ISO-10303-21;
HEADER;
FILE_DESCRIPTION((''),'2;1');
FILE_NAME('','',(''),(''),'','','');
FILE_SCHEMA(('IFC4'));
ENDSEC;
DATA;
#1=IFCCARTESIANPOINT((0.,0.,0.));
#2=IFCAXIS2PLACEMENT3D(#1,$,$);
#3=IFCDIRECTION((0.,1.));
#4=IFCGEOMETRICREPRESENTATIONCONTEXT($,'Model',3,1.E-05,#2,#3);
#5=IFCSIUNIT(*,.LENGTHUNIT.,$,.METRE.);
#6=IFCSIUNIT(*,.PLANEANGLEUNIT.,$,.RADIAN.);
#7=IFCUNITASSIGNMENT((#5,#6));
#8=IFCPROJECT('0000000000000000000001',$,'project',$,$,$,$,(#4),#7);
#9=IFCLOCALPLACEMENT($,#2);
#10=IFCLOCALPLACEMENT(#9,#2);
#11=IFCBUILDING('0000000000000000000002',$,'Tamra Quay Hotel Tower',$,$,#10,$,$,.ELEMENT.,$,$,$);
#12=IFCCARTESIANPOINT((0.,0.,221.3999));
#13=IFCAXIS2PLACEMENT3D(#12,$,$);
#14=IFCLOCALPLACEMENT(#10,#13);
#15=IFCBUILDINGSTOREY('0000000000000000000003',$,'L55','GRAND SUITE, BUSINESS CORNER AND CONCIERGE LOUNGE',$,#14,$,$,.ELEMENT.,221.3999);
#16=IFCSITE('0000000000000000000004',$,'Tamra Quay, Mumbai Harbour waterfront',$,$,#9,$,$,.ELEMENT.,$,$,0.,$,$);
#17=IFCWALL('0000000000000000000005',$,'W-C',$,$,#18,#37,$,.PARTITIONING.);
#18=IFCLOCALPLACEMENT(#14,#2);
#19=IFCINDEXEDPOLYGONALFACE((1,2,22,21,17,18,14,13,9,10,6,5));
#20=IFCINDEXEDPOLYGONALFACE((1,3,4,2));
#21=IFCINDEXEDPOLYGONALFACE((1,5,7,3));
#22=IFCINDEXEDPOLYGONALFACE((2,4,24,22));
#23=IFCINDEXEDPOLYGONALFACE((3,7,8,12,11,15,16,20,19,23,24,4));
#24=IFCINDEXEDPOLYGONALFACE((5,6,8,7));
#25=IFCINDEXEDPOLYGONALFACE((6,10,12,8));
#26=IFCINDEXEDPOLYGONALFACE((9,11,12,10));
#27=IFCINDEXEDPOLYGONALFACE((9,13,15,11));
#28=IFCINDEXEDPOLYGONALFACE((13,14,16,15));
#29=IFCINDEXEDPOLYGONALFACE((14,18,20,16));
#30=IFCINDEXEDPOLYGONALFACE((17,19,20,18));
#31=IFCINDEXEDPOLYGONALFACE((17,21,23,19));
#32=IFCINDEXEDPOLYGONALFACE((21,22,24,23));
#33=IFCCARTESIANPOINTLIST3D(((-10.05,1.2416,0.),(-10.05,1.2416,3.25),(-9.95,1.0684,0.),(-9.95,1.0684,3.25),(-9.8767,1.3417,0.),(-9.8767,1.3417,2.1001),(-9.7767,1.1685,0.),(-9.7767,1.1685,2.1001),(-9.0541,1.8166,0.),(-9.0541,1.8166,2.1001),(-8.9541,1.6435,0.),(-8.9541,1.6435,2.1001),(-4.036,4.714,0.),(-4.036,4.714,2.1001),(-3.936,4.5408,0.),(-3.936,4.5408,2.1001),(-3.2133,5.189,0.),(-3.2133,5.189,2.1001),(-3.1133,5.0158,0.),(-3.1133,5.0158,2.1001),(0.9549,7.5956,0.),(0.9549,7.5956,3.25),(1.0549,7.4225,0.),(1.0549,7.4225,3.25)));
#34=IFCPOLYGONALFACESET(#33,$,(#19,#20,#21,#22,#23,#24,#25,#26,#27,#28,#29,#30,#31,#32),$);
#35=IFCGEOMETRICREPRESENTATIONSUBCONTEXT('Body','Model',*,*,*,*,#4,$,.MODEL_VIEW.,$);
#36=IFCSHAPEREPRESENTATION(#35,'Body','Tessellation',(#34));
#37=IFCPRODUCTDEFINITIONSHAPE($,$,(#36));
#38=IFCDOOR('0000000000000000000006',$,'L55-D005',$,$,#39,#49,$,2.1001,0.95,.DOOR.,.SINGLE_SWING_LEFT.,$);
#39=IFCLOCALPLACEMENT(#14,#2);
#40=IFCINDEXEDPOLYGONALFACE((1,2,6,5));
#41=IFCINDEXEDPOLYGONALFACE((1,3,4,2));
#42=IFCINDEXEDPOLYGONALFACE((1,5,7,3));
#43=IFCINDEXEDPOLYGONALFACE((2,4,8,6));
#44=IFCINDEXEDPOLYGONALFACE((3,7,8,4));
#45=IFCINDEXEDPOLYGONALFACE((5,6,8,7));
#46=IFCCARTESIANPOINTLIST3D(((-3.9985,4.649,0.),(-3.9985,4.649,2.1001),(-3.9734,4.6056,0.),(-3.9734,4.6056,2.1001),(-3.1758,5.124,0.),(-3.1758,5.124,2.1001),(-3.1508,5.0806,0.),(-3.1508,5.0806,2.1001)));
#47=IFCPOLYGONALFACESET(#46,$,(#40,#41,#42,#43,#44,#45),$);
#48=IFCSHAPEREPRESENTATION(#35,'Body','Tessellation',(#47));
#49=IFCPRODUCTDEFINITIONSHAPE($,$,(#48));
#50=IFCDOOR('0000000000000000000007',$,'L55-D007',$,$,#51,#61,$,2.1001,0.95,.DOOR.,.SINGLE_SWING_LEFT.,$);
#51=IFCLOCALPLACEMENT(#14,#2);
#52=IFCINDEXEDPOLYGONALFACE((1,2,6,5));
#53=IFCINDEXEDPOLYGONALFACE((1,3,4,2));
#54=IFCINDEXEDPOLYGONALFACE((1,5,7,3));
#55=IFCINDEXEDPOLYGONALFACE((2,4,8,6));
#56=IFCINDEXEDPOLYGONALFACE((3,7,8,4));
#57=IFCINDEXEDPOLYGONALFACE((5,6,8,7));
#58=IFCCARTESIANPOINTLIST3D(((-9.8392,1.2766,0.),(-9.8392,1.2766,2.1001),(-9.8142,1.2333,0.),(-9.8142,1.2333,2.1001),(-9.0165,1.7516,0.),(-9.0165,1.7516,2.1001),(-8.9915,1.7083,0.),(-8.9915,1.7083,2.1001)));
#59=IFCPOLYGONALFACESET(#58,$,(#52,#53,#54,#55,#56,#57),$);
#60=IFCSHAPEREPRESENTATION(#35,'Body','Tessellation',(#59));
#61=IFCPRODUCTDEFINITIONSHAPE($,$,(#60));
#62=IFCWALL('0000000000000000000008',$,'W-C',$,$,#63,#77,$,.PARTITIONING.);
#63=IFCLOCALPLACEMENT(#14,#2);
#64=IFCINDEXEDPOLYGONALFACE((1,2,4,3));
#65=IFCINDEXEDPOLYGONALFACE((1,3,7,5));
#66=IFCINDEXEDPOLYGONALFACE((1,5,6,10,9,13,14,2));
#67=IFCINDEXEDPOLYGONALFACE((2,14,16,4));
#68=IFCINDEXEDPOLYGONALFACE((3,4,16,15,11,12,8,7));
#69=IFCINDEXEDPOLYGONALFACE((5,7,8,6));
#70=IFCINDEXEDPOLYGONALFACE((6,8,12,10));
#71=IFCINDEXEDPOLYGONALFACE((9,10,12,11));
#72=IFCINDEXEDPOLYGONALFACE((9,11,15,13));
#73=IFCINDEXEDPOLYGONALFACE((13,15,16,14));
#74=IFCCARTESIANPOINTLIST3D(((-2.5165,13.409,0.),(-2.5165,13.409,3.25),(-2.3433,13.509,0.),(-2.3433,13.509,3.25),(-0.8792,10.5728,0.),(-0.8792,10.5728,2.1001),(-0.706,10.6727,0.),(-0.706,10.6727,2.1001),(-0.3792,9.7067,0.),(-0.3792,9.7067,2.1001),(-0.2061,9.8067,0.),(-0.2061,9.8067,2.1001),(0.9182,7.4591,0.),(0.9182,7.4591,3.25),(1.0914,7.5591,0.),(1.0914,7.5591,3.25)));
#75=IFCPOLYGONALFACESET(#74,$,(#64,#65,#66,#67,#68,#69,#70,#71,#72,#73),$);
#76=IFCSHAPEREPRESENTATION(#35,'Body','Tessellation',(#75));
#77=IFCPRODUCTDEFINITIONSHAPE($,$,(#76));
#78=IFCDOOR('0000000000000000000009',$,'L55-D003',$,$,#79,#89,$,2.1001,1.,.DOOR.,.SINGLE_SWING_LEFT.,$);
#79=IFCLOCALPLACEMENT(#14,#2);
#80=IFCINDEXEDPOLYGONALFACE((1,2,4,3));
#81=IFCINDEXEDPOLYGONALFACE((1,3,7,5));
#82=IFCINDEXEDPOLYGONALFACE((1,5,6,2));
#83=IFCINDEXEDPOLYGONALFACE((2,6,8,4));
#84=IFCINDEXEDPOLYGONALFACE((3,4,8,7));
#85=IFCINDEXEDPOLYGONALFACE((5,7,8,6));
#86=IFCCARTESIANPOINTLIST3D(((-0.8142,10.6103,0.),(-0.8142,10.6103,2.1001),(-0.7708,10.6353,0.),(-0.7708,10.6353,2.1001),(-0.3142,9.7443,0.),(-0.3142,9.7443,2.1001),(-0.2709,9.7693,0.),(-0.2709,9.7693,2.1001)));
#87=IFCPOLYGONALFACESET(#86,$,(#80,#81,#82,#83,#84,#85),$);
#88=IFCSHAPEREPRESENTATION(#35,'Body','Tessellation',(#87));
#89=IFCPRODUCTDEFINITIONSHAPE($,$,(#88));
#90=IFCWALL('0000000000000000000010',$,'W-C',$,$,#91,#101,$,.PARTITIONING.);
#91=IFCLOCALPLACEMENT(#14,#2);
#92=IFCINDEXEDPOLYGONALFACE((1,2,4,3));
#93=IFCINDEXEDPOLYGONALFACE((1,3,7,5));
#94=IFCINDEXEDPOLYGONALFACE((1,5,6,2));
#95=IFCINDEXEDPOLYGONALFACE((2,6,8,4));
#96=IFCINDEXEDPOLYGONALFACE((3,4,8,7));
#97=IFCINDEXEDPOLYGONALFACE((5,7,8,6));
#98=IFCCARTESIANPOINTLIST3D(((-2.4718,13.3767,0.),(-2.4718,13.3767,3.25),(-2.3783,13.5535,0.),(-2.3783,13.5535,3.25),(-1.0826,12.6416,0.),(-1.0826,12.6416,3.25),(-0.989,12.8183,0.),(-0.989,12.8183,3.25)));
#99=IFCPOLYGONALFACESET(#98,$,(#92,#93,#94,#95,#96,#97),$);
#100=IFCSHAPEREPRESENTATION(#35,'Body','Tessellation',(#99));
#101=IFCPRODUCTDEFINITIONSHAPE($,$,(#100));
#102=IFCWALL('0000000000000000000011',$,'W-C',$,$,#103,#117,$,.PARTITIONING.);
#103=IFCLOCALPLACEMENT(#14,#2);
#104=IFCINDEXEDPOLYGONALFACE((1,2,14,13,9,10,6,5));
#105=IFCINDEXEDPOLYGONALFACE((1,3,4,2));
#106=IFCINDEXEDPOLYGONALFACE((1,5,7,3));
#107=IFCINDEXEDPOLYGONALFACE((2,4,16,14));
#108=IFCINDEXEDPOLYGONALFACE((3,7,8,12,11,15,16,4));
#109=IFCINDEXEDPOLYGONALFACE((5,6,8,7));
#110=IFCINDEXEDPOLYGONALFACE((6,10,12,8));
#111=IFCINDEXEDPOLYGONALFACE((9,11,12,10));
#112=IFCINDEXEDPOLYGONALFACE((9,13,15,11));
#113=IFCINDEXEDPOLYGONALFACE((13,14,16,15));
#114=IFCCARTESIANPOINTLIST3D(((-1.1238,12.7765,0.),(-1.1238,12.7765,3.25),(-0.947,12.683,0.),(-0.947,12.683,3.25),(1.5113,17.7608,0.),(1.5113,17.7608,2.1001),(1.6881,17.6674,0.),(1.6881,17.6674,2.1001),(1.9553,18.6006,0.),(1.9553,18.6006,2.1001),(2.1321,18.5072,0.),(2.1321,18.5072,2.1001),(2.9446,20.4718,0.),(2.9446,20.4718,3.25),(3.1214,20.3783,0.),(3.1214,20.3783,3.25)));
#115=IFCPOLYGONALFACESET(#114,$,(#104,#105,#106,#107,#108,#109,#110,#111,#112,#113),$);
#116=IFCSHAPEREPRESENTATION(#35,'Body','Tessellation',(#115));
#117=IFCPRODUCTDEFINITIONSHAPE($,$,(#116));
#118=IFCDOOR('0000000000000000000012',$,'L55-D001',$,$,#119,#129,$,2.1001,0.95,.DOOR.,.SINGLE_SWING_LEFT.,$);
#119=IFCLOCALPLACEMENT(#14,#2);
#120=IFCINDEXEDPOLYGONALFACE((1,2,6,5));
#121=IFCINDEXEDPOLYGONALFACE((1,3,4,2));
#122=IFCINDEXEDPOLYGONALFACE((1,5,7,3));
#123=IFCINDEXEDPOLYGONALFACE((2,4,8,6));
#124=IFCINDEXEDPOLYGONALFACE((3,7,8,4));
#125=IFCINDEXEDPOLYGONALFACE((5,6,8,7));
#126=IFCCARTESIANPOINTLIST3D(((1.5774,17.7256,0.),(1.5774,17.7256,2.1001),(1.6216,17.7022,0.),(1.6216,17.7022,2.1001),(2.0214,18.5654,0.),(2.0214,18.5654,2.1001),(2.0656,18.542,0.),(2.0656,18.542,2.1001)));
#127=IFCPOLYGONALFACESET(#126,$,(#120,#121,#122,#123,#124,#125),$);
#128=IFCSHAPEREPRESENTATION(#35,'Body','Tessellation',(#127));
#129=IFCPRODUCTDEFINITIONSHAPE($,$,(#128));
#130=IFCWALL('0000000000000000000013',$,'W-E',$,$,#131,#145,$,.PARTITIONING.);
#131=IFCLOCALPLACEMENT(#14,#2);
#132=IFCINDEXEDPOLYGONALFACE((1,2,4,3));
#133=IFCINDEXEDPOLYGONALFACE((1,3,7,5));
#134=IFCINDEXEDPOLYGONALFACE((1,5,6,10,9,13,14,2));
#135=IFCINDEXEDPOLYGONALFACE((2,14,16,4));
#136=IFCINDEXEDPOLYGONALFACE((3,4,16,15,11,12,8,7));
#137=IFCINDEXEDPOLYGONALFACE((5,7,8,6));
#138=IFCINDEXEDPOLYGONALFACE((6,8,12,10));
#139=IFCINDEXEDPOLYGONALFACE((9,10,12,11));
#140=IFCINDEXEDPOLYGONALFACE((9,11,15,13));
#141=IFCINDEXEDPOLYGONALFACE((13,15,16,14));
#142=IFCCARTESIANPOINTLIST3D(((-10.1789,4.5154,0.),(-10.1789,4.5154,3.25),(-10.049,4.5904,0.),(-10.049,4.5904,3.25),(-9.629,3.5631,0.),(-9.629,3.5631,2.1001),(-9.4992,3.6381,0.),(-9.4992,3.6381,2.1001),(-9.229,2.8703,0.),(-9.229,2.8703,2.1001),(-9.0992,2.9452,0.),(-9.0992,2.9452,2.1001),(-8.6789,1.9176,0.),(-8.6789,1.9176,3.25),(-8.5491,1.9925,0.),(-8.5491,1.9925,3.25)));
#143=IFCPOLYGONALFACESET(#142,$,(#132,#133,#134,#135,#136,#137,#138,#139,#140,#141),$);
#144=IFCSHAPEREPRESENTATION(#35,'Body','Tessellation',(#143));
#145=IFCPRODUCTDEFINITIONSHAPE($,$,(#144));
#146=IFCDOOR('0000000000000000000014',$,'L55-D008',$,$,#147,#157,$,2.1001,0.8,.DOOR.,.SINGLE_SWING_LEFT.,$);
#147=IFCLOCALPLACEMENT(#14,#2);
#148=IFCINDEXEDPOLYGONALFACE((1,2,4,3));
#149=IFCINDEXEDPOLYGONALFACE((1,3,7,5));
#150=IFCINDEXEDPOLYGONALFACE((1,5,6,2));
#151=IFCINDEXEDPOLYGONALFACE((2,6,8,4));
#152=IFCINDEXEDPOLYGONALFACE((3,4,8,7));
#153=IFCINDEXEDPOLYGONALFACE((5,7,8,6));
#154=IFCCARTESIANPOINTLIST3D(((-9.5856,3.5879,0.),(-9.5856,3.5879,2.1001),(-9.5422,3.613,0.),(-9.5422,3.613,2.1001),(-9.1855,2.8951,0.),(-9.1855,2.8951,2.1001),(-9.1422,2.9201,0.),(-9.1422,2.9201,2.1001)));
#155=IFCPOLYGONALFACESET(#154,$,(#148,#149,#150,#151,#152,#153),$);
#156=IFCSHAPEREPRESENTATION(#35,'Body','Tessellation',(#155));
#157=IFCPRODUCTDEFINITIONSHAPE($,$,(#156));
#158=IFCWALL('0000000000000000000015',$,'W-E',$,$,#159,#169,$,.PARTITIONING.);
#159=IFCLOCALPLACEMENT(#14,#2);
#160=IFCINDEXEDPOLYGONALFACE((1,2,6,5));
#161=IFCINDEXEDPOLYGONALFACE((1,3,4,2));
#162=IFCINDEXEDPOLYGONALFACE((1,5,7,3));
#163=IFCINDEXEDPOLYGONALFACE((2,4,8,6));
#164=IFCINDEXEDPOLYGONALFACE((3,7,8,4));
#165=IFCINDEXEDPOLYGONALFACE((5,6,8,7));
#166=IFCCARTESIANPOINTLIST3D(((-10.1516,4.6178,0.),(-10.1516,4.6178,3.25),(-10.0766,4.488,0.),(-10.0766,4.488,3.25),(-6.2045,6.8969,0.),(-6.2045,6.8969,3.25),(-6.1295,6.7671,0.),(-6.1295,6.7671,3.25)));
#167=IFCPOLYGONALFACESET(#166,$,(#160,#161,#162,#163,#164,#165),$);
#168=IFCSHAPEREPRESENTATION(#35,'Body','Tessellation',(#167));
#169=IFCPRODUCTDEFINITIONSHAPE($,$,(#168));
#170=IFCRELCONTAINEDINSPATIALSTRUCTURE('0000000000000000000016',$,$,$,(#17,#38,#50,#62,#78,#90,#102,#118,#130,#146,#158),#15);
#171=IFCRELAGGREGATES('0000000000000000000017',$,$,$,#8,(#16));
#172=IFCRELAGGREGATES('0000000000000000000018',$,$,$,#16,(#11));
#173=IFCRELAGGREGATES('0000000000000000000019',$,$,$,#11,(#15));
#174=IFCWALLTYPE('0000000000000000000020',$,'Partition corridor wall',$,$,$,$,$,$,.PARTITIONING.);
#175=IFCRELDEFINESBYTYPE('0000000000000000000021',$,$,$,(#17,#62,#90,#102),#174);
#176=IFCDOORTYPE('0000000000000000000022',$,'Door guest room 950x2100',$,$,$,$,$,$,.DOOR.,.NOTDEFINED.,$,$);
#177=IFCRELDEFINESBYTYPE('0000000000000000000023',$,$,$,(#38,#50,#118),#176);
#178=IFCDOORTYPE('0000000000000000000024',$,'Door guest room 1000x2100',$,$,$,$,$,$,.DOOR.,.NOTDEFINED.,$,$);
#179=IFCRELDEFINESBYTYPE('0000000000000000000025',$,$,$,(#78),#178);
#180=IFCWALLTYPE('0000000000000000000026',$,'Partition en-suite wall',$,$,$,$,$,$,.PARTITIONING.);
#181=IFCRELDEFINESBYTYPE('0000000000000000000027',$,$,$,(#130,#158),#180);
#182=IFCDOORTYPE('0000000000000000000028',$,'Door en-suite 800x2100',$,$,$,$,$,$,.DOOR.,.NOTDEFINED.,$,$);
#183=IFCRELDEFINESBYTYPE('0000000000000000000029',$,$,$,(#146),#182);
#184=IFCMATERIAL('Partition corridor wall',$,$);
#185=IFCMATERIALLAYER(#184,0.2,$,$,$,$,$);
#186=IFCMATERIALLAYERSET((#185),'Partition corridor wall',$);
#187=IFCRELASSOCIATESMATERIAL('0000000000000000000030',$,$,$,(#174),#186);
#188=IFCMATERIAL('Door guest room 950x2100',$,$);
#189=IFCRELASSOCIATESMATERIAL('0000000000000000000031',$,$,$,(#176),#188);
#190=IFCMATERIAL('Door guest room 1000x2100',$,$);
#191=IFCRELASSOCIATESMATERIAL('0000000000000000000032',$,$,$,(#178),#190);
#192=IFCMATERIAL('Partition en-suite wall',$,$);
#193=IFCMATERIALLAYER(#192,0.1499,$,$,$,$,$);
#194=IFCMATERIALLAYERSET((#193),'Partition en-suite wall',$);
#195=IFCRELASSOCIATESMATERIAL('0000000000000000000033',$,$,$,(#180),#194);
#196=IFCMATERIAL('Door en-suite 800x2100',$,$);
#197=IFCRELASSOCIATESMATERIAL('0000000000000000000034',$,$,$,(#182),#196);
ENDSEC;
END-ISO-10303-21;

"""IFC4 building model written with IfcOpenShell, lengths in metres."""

from ifc_helpers import new_model, si_unit, direction, frame, frame_2d, origin, place, context, subcontext, project, spatial, rectangle, extrude, material, layer, layer_set, type_object, element, fill, save


model = new_model("IFC4")

# Units and contexts
model_context = context("Model", 3, precision=1e-05, world=origin(), true_north=direction((0.0, 1.0)))
body_context = subcontext(model_context, "Body", "Model", "MODEL_VIEW")
ifc_project = project(units=[si_unit("LENGTHUNIT", "METRE"), si_unit("PLANEANGLEUNIT", "RADIAN")], contexts=[model_context])

# Site, building, storey
site_placement = place(None, origin())
site = spatial("IfcSite", under=ifc_project, at=site_placement, Name="Tamra Quay, Mumbai Harbour waterfront", CompositionType="ELEMENT", RefElevation=0.0)
building_placement = place(site_placement, origin())
building = spatial("IfcBuilding", under=site, at=building_placement, Name="Tamra Quay Hotel Tower", CompositionType="ELEMENT")
storey_placement = place(building_placement, frame((0.0, 0.0, 221.3999)))
storey = spatial("IfcBuildingStorey", under=building, at=storey_placement, Name="L55", Description="GRAND SUITE, BUSINESS CORNER AND CONCIERGE LOUNGE", CompositionType="ELEMENT", Elevation=221.3999)

# Shared definitions
ifc_material_1 = material(Name="Partition corridor wall")
ifc_layer_1 = layer(ifc_material_1, 0.2)
ifc_layer_set_1 = layer_set([ifc_layer_1], Name="Partition corridor wall")
wall_type_1 = type_object("IfcWallType", Name="Partition corridor wall", PredefinedType="PARTITIONING", material=ifc_layer_set_1)

# Wall, openings, doors
wall_1_placement = place(storey_placement, frame((-10.0, 1.155, 0.0), z_axis=(0.0, 0.0, 1.0), x_axis=(0.866014, 0.50002, 0.0)))
wall_1 = element("IfcWall", 1, at=wall_1_placement, inside=storey, type_object=wall_type_1, Name="W-C", PredefinedType="PARTITIONING", context=body_context, shape_type="SweptSolid", body=[
    extrude(rectangle(XDim=12.7075, YDim=0.2, at=frame_2d((6.3538, 0.0))), origin(), (0.0, 0.0, 1.0), 3.25),
])
opening_1_placement = place(wall_1_placement, frame((6.9443, 0.0, 0.0)))
opening_1 = element("IfcOpeningElement", 2, at=opening_1_placement, cuts=wall_1, PredefinedType="OPENING", context=body_context, shape_type="SweptSolid", body=[
    extrude(rectangle(XDim=0.95, YDim=2.1001, at=frame_2d((0.4751, 1.05))), frame((0.0, 0.1099, 0.0), z_axis=(0.0, -1.0, 0.0), x_axis=(1.0, 0.0, 0.0)), (0.0, 0.0, 1.0), 0.22),
])
opening_2_placement = place(wall_1_placement, frame((0.2, 0.0, 0.0)))
opening_2 = element("IfcOpeningElement", 3, at=opening_2_placement, cuts=wall_1, PredefinedType="OPENING", context=body_context, shape_type="SweptSolid", body=[
    extrude(rectangle(XDim=0.95, YDim=2.1001, at=frame_2d((0.4751, 1.05))), frame((0.0, 0.1099, 0.0), z_axis=(0.0, -1.0, 0.0), x_axis=(1.0, 0.0, 0.0)), (0.0, 0.0, 1.0), 0.22),
])
ifc_material_2 = material(Name="Door guest room 950x2100")
door_type_1 = type_object("IfcDoorType", Name="Door guest room 950x2100", OperationType="NOTDEFINED", PredefinedType="DOOR", material=ifc_material_2)
door_1_placement = place(opening_1_placement, origin())
door_1 = element("IfcDoor", 4, at=door_1_placement, inside=storey, type_object=door_type_1, Name="L55-D005", OperationType="SINGLE_SWING_LEFT", OverallHeight=2.1001, OverallWidth=0.95, PredefinedType="DOOR", context=body_context, shape_type="SweptSolid", body=[
    extrude(rectangle(XDim=0.95, YDim=2.1001, at=frame_2d((0.4751, 1.05))), frame((0.0, 0.0249, 0.0), z_axis=(0.0, -1.0, 0.0), x_axis=(1.0, 0.0, 0.0)), (0.0, 0.0, 1.0), 0.05),
])
fill(opening_1, door_1)
door_2_placement = place(opening_2_placement, origin())
door_2 = element("IfcDoor", 5, at=door_2_placement, inside=storey, type_object=door_type_1, Name="L55-D007", OperationType="SINGLE_SWING_LEFT", OverallHeight=2.1001, OverallWidth=0.95, PredefinedType="DOOR", context=body_context, shape_type="SweptSolid", body=[
    extrude(rectangle(XDim=0.95, YDim=2.1001, at=frame_2d((0.4751, 1.05))), frame((0.0, 0.0249, 0.0), z_axis=(0.0, -1.0, 0.0), x_axis=(1.0, 0.0, 0.0)), (0.0, 0.0, 1.0), 0.05),
])
fill(opening_2, door_2)

# Wall, opening, door
wall_2_placement = place(storey_placement, frame((-2.4299, 13.459, 0.0), z_axis=(0.0, 0.0, 1.0), x_axis=(0.499957, -0.86605, 0.0)))
wall_2 = element("IfcWall", 6, at=wall_2_placement, inside=storey, type_object=wall_type_1, Name="W-C", PredefinedType="PARTITIONING", context=body_context, shape_type="SweptSolid", body=[
    extrude(rectangle(XDim=6.8701, YDim=0.2, at=frame_2d((3.4351, 0.0))), origin(), (0.0, 0.0, 1.0), 3.25),
])
opening_3_placement = place(wall_2_placement, frame((3.2749, 0.0, 0.0)))
opening_3 = element("IfcOpeningElement", 7, at=opening_3_placement, cuts=wall_2, PredefinedType="OPENING", context=body_context, shape_type="SweptSolid", body=[
    extrude(rectangle(XDim=1.0, YDim=2.1001, at=frame_2d((0.5, 1.05))), frame((0.0, 0.1099, 0.0), z_axis=(0.0, -1.0, 0.0), x_axis=(1.0, 0.0, 0.0)), (0.0, 0.0, 1.0), 0.22),
])
ifc_material_3 = material(Name="Door guest room 1000x2100")
door_type_2 = type_object("IfcDoorType", Name="Door guest room 1000x2100", OperationType="NOTDEFINED", PredefinedType="DOOR", material=ifc_material_3)
door_3_placement = place(opening_3_placement, frame((1.0, 0.0, 0.0), z_axis=(0.0, 0.0, 1.0), x_axis=(-1.0, 0.0, 0.0)))
door_3 = element("IfcDoor", 8, at=door_3_placement, inside=storey, type_object=door_type_2, Name="L55-D003", OperationType="SINGLE_SWING_LEFT", OverallHeight=2.1001, OverallWidth=1.0, PredefinedType="DOOR", context=body_context, shape_type="SweptSolid", body=[
    extrude(rectangle(XDim=1.0, YDim=2.1001, at=frame_2d((0.5, 1.05))), frame((0.0, 0.0249, 0.0), z_axis=(0.0, -1.0, 0.0), x_axis=(1.0, 0.0, 0.0)), (0.0, 0.0, 1.0), 0.05),
])
fill(opening_3, door_3)

# Wall
wall_3_placement = place(storey_placement, frame((-2.425, 13.4651, 0.0), z_axis=(0.0, 0.0, 1.0), x_axis=(0.883875, -0.467724, 0.0)))
element("IfcWall", 9, at=wall_3_placement, inside=storey, type_object=wall_type_1, Name="W-C", PredefinedType="PARTITIONING", context=body_context, shape_type="SweptSolid", body=[
    extrude(rectangle(XDim=1.5718, YDim=0.2, at=frame_2d((0.7859, 0.0))), origin(), (0.0, 0.0, 1.0), 3.25),
])

# Walls, openings, doors
wall_4_placement = place(storey_placement, frame((-1.0354, 12.7297, 0.0), z_axis=(0.0, 0.0, 1.0), x_axis=(0.467382, 0.884055, 0.0)))
wall_4 = element("IfcWall", 10, at=wall_4_placement, inside=storey, type_object=wall_type_1, Name="W-C", PredefinedType="PARTITIONING", context=body_context, shape_type="SweptSolid", body=[
    extrude(rectangle(XDim=8.7046, YDim=0.2, at=frame_2d((4.3523, 0.0))), origin(), (0.0, 0.0, 1.0), 3.25),
])
opening_4_placement = place(wall_4_placement, frame((5.6379, 0.0, 0.0)))
opening_4 = element("IfcOpeningElement", 11, at=opening_4_placement, cuts=wall_4, PredefinedType="OPENING", context=body_context, shape_type="SweptSolid", body=[
    extrude(rectangle(XDim=0.95, YDim=2.1001, at=frame_2d((0.4751, 1.05))), frame((0.0, 0.1099, 0.0), z_axis=(0.0, -1.0, 0.0), x_axis=(1.0, 0.0, 0.0)), (0.0, 0.0, 1.0), 0.22),
])
door_4_placement = place(opening_4_placement, frame((0.95, 0.0, 0.0), z_axis=(0.0, 0.0, 1.0), x_axis=(-1.0, 0.0, 0.0)))
door_4 = element("IfcDoor", 12, at=door_4_placement, inside=storey, type_object=door_type_1, Name="L55-D001", OperationType="SINGLE_SWING_LEFT", OverallHeight=2.1001, OverallWidth=0.95, PredefinedType="DOOR", context=body_context, shape_type="SweptSolid", body=[
    extrude(rectangle(XDim=0.95, YDim=2.1001, at=frame_2d((0.4751, 1.05))), frame((0.0, 0.0249, 0.0), z_axis=(0.0, -1.0, 0.0), x_axis=(1.0, 0.0, 0.0)), (0.0, 0.0, 1.0), 0.05),
])
fill(opening_4, door_4)
ifc_material_4 = material(Name="Partition en-suite wall")
ifc_layer_2 = layer(ifc_material_4, 0.1499)
ifc_layer_set_2 = layer_set([ifc_layer_2], Name="Partition en-suite wall")
wall_type_2 = type_object("IfcWallType", Name="Partition en-suite wall", PredefinedType="PARTITIONING", material=ifc_layer_set_2)
wall_5_placement = place(storey_placement, frame((-10.114, 4.553, 0.0), z_axis=(0.0, 0.0, 1.0), x_axis=(0.500025, -0.866011, 0.0)))
wall_5 = element("IfcWall", 13, at=wall_5_placement, inside=storey, type_object=wall_type_2, Name="W-E", PredefinedType="PARTITIONING", context=body_context, shape_type="SweptSolid", body=[
    extrude(rectangle(XDim=2.9998, YDim=0.1499, at=frame_2d((1.5, 0.0))), origin(), (0.0, 0.0, 1.0), 3.25),
])
opening_5_placement = place(wall_5_placement, frame((1.0999, 0.0, 0.0)))
opening_5 = element("IfcOpeningElement", 14, at=opening_5_placement, cuts=wall_5, PredefinedType="OPENING", context=body_context, shape_type="SweptSolid", body=[
    extrude(rectangle(XDim=0.8, YDim=2.1001, at=frame_2d((0.3999, 1.05))), frame((0.0, 0.085, 0.0), z_axis=(0.0, -1.0, 0.0), x_axis=(1.0, 0.0, 0.0)), (0.0, 0.0, 1.0), 0.1699),
])
ifc_material_5 = material(Name="Door en-suite 800x2100")
door_type_3 = type_object("IfcDoorType", Name="Door en-suite 800x2100", OperationType="NOTDEFINED", PredefinedType="DOOR", material=ifc_material_5)
door_5_placement = place(opening_5_placement, frame((0.8, 0.0, 0.0), z_axis=(0.0, 0.0, 1.0), x_axis=(-1.0, 0.0, 0.0)))
door_5 = element("IfcDoor", 15, at=door_5_placement, inside=storey, type_object=door_type_3, Name="L55-D008", OperationType="SINGLE_SWING_LEFT", OverallHeight=2.1001, OverallWidth=0.8, PredefinedType="DOOR", context=body_context, shape_type="SweptSolid", body=[
    extrude(rectangle(XDim=0.8, YDim=2.1001, at=frame_2d((0.3999, 1.05))), frame((0.0, 0.0249, 0.0), z_axis=(0.0, -1.0, 0.0), x_axis=(1.0, 0.0, 0.0)), (0.0, 0.0, 1.0), 0.05),
])
fill(opening_5, door_5)

# Wall
wall_6_placement = place(storey_placement, frame((-10.114, 4.553, 0.0), z_axis=(0.0, 0.0, 1.0), x_axis=(0.866003, 0.500039, 0.0)))
element("IfcWall", 16, at=wall_6_placement, inside=storey, type_object=wall_type_2, Name="W-E", PredefinedType="PARTITIONING", context=body_context, shape_type="SweptSolid", body=[
    extrude(rectangle(XDim=4.5579, YDim=0.1499, at=frame_2d((2.2788, 0.0))), origin(), (0.0, 0.0, 1.0), 3.25),
])

save(model, "model.ifc")
